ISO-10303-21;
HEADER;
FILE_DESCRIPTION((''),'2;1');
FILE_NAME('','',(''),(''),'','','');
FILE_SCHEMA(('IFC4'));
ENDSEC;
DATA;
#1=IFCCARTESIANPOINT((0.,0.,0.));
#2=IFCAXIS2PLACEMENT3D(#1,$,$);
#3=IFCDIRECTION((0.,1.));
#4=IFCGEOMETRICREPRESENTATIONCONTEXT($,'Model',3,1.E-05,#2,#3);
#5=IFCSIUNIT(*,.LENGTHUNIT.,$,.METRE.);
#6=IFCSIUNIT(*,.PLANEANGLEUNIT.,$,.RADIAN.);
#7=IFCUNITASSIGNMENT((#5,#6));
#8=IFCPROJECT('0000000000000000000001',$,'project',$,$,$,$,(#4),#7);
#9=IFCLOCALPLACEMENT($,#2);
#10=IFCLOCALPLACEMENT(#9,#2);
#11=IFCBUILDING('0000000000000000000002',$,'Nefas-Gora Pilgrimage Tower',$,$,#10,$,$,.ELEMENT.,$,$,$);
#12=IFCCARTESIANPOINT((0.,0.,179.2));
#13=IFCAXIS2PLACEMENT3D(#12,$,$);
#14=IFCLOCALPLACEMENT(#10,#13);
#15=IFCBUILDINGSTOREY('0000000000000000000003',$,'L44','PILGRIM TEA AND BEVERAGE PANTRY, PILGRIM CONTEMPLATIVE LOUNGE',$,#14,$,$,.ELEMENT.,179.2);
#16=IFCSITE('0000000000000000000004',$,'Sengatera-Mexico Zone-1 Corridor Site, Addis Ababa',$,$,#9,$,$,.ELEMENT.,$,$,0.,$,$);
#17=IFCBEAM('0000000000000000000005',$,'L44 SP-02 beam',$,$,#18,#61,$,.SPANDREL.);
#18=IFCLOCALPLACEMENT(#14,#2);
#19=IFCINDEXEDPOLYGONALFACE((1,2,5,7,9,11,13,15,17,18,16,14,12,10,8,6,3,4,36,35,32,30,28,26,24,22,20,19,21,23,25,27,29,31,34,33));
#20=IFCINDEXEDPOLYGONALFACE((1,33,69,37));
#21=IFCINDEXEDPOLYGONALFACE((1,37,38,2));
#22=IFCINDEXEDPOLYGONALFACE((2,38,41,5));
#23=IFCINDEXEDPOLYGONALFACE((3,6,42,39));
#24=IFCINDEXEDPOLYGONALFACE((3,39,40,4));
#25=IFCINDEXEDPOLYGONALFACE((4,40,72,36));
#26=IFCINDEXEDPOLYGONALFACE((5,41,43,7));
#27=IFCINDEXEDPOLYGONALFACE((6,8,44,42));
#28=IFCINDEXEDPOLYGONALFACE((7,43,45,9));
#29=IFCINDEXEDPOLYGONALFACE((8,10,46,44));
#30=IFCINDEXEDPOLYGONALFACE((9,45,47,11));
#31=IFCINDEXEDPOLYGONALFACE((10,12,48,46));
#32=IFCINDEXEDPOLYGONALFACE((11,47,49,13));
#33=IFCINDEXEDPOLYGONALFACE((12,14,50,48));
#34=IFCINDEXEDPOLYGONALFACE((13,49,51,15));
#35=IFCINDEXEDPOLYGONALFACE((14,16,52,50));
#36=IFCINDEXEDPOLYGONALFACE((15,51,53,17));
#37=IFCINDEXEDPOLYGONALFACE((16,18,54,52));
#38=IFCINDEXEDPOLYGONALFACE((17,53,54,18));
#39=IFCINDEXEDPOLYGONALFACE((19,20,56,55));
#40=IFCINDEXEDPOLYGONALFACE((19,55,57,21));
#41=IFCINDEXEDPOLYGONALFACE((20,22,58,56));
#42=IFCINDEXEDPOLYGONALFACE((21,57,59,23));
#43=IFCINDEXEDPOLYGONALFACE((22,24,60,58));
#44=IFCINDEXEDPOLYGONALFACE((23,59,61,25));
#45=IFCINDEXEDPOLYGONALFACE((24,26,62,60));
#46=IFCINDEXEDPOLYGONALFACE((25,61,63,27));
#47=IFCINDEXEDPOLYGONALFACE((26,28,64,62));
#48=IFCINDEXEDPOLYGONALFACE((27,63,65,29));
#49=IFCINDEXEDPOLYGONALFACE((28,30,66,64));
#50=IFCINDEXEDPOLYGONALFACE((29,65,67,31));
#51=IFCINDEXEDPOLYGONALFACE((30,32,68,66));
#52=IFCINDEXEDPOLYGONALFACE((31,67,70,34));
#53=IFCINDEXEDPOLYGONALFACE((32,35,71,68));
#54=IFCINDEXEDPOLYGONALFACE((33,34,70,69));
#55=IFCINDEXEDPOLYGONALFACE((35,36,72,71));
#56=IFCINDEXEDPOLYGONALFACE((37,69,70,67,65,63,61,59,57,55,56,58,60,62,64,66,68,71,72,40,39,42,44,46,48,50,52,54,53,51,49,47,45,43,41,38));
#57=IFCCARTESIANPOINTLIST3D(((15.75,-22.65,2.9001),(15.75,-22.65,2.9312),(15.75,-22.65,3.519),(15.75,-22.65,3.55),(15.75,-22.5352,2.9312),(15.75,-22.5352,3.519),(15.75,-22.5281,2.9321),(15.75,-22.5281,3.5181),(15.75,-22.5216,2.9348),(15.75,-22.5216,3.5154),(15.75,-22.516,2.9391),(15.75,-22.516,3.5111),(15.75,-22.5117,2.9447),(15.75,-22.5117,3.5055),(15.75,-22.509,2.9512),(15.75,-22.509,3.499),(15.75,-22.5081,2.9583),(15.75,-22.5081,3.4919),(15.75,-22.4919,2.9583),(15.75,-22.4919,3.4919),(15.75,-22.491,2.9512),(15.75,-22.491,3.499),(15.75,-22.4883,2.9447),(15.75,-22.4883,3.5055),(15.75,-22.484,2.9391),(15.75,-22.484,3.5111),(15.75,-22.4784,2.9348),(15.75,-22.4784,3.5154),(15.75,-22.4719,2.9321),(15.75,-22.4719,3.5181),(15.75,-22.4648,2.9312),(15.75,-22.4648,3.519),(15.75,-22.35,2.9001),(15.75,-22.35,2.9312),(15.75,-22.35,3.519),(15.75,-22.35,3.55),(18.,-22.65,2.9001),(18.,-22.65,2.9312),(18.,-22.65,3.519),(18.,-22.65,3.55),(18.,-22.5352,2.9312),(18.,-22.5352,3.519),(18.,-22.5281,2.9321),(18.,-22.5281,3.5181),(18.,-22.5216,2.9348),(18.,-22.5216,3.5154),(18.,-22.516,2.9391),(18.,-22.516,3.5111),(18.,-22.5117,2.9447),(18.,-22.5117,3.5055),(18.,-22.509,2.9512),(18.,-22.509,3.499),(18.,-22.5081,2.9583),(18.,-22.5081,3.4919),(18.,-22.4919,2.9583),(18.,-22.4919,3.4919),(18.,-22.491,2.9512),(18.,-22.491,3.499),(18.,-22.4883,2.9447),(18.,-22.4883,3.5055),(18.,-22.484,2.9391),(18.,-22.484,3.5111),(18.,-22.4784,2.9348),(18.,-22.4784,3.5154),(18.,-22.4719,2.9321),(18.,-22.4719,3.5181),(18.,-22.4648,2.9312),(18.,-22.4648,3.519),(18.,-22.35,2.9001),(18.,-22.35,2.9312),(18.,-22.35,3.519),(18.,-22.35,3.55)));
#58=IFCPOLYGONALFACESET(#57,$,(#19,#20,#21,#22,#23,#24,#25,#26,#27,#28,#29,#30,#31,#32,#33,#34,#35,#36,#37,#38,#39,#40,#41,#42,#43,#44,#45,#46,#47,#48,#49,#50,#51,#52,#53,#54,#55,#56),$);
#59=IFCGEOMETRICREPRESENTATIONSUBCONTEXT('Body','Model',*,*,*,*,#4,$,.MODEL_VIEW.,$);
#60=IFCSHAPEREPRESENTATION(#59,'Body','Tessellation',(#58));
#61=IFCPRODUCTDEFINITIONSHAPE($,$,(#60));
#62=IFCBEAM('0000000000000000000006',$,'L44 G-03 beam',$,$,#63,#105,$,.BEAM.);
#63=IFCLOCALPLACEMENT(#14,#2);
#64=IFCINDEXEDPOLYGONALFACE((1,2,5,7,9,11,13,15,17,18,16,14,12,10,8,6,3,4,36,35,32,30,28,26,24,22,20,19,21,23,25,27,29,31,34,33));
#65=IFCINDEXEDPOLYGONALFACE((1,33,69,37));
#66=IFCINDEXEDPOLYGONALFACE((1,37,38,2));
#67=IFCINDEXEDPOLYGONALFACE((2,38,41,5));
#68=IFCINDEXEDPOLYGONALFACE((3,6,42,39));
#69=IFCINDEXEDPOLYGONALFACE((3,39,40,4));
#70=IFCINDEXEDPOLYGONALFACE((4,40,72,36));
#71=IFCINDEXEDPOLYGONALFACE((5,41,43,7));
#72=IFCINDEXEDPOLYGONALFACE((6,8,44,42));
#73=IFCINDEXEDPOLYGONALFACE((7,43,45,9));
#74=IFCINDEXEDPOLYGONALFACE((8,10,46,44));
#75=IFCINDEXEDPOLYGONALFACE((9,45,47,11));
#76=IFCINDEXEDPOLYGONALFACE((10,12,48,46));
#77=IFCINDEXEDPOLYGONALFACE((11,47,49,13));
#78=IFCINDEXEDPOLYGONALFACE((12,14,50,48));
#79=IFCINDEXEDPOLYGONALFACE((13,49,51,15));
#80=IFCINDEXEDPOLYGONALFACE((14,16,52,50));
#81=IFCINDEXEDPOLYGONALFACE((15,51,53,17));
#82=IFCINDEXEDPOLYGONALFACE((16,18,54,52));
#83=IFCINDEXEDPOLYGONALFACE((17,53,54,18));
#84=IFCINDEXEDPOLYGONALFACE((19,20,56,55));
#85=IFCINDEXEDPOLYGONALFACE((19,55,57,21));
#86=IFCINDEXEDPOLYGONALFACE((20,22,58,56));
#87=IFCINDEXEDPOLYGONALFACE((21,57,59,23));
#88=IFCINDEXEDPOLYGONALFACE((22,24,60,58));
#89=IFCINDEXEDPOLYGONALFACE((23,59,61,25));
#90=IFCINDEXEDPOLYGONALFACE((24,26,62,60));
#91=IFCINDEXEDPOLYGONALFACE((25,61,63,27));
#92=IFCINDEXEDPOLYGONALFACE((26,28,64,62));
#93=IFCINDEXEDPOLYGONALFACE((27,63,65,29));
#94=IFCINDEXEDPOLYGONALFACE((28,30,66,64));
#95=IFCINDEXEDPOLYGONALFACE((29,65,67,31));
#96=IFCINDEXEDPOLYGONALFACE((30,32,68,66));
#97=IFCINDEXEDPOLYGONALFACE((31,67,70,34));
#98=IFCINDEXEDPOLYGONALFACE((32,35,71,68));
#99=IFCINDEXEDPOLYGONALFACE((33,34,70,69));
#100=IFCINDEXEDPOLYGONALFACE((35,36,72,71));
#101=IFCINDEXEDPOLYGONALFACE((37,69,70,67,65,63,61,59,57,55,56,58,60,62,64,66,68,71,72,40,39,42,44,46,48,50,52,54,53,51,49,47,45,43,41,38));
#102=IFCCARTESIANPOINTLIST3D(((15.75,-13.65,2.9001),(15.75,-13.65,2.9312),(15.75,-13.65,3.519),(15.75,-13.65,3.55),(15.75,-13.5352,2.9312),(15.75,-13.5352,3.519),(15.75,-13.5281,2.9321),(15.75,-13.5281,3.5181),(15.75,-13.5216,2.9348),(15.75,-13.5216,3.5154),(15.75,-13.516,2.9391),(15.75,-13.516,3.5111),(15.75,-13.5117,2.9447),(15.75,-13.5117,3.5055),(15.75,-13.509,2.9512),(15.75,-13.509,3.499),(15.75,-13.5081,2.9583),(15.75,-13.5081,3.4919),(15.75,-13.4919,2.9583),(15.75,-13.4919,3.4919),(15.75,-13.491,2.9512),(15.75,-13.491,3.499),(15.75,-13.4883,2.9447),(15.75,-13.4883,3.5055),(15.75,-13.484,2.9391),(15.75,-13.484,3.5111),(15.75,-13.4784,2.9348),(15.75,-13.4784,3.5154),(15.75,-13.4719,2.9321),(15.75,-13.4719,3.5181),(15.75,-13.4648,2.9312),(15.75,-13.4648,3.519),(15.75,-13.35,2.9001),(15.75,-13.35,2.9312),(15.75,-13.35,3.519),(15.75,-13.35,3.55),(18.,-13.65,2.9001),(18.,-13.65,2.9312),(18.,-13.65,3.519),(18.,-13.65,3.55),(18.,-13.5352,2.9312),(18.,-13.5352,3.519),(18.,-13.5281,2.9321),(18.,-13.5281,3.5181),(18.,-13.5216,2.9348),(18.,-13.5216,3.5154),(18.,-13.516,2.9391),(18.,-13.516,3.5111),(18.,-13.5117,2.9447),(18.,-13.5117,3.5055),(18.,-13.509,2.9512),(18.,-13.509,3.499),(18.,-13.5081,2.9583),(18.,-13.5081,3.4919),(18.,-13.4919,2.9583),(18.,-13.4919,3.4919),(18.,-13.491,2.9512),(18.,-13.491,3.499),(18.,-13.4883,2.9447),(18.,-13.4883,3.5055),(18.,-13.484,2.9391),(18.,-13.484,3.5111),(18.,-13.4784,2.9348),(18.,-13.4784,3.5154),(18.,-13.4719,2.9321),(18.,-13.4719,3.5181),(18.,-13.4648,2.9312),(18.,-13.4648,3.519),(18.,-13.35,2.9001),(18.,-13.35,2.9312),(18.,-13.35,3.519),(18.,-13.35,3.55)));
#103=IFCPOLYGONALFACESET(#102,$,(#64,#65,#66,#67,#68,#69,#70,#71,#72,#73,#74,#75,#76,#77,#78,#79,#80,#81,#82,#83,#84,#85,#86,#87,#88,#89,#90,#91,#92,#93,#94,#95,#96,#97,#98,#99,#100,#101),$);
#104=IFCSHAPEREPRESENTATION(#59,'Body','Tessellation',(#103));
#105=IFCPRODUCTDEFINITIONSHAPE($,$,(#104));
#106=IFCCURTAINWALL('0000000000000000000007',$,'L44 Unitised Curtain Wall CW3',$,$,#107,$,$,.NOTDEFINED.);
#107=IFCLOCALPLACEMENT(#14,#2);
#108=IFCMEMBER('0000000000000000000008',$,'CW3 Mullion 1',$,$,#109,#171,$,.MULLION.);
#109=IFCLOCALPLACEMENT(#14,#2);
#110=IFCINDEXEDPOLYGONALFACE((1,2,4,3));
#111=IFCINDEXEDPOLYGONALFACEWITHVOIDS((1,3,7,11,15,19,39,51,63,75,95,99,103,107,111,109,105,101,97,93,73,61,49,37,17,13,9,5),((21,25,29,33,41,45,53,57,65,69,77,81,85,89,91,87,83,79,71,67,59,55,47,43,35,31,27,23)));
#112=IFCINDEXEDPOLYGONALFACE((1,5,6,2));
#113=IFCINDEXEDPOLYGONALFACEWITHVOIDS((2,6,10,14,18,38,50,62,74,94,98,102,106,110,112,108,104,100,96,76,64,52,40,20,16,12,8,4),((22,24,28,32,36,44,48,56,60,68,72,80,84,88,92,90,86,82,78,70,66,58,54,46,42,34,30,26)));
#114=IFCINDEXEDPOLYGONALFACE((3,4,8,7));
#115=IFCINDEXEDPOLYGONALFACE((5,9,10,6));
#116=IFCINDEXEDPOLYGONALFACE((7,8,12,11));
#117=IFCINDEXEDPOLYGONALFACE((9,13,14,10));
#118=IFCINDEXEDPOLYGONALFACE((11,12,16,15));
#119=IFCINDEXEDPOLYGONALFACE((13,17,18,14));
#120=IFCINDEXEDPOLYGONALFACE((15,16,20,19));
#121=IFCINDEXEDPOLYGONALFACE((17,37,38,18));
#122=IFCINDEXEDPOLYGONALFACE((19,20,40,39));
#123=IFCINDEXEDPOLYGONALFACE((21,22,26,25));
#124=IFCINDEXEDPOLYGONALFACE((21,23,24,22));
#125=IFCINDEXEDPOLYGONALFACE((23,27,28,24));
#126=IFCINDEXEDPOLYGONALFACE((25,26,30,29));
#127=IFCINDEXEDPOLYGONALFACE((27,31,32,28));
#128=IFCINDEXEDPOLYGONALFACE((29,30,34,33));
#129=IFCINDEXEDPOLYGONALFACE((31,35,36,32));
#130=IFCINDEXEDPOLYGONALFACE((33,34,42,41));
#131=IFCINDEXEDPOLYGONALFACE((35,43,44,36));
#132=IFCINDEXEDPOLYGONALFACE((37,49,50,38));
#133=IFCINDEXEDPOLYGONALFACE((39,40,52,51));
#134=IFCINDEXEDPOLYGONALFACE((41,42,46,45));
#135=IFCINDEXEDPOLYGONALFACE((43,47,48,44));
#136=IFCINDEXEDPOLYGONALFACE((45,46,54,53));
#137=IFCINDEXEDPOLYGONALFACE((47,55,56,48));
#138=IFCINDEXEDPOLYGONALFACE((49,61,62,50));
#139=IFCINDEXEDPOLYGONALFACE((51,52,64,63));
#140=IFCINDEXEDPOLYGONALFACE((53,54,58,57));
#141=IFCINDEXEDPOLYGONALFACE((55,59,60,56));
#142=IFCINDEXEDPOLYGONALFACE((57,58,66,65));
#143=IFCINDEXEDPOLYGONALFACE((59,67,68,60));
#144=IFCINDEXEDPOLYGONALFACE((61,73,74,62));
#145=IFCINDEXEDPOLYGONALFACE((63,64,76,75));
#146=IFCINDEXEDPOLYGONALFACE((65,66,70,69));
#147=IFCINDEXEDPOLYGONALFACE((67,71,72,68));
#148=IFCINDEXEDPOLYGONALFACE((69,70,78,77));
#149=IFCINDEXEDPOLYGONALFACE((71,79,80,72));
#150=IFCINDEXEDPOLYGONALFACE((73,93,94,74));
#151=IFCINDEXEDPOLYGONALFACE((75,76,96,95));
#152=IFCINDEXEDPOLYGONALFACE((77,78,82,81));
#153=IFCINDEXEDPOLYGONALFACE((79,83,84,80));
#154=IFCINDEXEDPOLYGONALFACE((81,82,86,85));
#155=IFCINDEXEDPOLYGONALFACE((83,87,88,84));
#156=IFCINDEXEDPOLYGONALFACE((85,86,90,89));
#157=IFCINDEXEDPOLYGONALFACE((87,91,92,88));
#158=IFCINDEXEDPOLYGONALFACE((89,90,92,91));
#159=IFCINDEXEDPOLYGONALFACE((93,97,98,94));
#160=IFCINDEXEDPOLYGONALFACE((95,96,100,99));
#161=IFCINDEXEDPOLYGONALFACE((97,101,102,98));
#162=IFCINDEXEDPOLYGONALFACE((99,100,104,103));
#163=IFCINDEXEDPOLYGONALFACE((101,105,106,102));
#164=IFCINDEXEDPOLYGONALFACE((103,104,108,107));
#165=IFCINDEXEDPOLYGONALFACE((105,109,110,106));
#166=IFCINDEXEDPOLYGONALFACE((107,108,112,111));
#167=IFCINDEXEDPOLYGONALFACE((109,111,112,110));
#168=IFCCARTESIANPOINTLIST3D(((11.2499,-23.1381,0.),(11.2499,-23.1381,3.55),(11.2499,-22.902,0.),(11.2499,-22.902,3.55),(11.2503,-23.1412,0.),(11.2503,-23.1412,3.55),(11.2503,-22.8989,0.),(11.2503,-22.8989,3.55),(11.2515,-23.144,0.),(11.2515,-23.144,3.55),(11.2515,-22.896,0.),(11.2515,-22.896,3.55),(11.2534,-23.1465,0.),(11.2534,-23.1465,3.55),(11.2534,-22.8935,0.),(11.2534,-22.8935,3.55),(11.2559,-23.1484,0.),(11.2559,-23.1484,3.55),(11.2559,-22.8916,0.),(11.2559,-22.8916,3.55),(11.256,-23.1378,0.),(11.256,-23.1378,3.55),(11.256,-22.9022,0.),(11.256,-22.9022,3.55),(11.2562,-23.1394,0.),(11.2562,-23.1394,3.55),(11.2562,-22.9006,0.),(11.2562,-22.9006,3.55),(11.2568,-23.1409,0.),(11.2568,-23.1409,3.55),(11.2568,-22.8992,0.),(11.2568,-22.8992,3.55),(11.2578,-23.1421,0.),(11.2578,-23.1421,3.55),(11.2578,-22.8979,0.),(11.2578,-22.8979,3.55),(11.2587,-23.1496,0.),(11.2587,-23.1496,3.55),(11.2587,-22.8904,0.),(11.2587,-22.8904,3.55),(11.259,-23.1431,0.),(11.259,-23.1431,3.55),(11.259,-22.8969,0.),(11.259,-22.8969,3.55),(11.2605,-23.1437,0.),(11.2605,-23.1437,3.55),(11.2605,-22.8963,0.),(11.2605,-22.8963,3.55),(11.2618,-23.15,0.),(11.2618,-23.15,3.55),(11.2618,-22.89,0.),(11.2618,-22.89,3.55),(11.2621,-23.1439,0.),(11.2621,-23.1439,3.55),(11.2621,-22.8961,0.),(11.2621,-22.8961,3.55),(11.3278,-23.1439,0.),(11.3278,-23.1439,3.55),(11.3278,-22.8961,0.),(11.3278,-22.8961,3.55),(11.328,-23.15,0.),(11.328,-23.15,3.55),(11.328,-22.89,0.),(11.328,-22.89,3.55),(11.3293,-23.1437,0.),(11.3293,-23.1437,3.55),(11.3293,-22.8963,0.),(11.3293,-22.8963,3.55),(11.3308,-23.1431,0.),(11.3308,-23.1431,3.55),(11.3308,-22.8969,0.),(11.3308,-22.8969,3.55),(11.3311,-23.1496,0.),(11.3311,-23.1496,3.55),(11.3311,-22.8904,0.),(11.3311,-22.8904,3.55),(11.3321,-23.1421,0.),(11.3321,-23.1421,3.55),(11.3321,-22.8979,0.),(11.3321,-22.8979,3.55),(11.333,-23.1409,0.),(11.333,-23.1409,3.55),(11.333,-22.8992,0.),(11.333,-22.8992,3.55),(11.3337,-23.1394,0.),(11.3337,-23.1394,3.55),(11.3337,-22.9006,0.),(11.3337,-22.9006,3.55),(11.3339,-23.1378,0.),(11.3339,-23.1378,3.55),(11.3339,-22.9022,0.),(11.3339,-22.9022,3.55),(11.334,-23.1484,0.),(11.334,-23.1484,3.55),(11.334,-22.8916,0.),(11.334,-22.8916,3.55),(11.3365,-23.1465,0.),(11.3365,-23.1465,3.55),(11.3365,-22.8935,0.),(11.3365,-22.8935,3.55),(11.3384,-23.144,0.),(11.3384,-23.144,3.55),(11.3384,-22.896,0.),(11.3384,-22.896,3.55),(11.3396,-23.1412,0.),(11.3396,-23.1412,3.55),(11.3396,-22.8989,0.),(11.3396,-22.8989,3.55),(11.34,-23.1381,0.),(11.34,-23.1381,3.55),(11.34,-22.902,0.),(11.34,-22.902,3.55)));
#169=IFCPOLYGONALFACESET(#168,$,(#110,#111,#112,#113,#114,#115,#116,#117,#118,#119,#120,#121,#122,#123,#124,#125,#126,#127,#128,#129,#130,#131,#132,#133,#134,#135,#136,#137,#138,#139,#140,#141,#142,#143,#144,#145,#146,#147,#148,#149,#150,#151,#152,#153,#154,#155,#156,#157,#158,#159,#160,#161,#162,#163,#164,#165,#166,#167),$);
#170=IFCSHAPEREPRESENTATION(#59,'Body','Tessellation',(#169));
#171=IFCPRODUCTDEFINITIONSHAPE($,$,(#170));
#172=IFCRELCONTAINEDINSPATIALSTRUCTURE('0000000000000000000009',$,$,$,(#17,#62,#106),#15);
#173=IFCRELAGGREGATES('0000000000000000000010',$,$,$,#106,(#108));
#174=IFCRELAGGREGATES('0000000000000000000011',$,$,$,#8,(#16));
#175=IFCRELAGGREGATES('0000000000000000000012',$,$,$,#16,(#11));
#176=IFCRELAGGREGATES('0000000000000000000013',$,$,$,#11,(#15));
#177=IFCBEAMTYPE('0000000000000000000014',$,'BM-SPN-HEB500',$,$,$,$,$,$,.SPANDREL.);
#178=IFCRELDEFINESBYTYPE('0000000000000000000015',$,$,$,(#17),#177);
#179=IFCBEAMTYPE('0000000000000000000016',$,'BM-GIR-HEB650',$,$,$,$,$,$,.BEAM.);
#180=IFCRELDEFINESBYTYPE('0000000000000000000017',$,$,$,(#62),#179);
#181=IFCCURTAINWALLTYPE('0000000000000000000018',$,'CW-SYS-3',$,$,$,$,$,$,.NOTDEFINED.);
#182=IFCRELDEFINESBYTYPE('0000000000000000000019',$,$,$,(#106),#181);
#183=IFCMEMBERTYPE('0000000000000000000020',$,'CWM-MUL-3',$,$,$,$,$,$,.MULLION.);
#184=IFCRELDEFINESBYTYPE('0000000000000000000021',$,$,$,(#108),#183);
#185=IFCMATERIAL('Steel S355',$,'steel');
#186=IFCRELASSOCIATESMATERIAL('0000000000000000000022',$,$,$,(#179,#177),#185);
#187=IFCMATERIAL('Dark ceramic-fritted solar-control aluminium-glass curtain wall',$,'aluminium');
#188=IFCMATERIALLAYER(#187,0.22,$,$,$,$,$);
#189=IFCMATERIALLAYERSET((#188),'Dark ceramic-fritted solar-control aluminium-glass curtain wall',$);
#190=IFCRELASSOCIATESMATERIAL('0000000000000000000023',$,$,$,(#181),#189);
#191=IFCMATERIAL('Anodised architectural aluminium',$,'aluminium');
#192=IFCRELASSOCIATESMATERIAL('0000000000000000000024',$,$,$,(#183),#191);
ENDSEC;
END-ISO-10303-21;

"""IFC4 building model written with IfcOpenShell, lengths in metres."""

from ifc_helpers import new_model, si_unit, direction, frame, origin, origin_2d, place, context, subcontext, project, spatial, hollow_rectangle, i_section, extrude, source, transform, mapped, material, layer, layer_set, material_profile, profile_set, type_object, element, aggregate, save


model = new_model("IFC4")

# Units and contexts
model_context = context("Model", 3, precision=1e-05, world=origin(), true_north=direction((0.0, 1.0)))
body_context = subcontext(model_context, "Body", "Model", "MODEL_VIEW")
ifc_project = project(units=[si_unit("LENGTHUNIT", "METRE"), si_unit("PLANEANGLEUNIT", "RADIAN")], contexts=[model_context])

# Site, building, storey
site_placement = place(None, origin())
site = spatial("IfcSite", under=ifc_project, at=site_placement, Name="Sengatera-Mexico Zone-1 Corridor Site, Addis Ababa", CompositionType="ELEMENT", RefElevation=0.0)
building_placement = place(site_placement, origin())
building = spatial("IfcBuilding", under=site, at=building_placement, Name="Nefas-Gora Pilgrimage Tower", CompositionType="ELEMENT")
storey_placement = place(building_placement, frame((0.0, 0.0, 179.2)))
storey = spatial("IfcBuildingStorey", under=building, at=storey_placement, Name="L44", Description="PILGRIM TEA AND BEVERAGE PANTRY, PILGRIM CONTEMPLATIVE LOUNGE", CompositionType="ELEMENT", Elevation=179.2)

# Beams
ifc_material_1 = material(Name="Steel S355", Category="steel")
ifc_material_profile_1 = material_profile(ifc_material_1, i_section(OverallWidth=0.3, OverallDepth=0.6499, WebThickness=0.0161, FlangeThickness=0.031, FilletRadius=0.0271, at=origin_2d()), Name="HEB 650")
ifc_profile_set_1 = profile_set([ifc_material_profile_1], Name="Steel S355")
beam_type_1 = type_object("IfcBeamType", Name="BM-GIR-HEB650", PredefinedType="BEAM", material=ifc_profile_set_1)
ifc_material_profile_2 = material_profile(ifc_material_1, i_section(OverallWidth=0.3, OverallDepth=0.6499, WebThickness=0.0161, FlangeThickness=0.031, FilletRadius=0.0271, at=origin_2d()), Name="HEB 650")
ifc_profile_set_2 = profile_set([ifc_material_profile_2], Name="Steel S355")
beam_type_2 = type_object("IfcBeamType", Name="BM-SPN-HEB500", PredefinedType="SPANDREL", material=ifc_profile_set_2)
shared_shape_1 = source(origin(), body_context, "Body", "SweptSolid", [
    extrude(i_section(OverallWidth=0.3, OverallDepth=0.6499, WebThickness=0.0161, FlangeThickness=0.031, FilletRadius=0.0271, at=origin_2d()), origin(), (0.0, 0.0, 1.0), 2.25),
])
for number, where, z_axis, x_axis, name in (
    (1, (15.75, -22.5, 3.2251), (1.0, 0.0, 0.0), (0.0, 1.0, 0.0), "L44 SP-02 beam"),
):
    element("IfcBeam", number, at=place(storey_placement, frame(where, z_axis=z_axis, x_axis=x_axis)), inside=storey, type_object=beam_type_2, Name=name, PredefinedType="SPANDREL", context=body_context, shape_type="MappedRepresentation", body=[
        mapped(shared_shape_1, transform((0.0, 0.0, 0.0), x_axis=(1.0, 0.0, 0.0), y_axis=(0.0, 1.0, 0.0), z_axis=(0.0, 0.0, 1.0), scale=1.0)),
    ])
shared_shape_2 = source(origin(), body_context, "Body", "SweptSolid", [
    extrude(i_section(OverallWidth=0.3, OverallDepth=0.6499, WebThickness=0.0161, FlangeThickness=0.031, FilletRadius=0.0271, at=origin_2d()), origin(), (0.0, 0.0, 1.0), 2.25),
])
beam_1_placement = place(storey_placement, frame((15.75, -13.5, 3.2251), z_axis=(1.0, 0.0, 0.0), x_axis=(0.0, 1.0, 0.0)))
element("IfcBeam", 2, at=beam_1_placement, inside=storey, type_object=beam_type_1, Name="L44 G-03 beam", PredefinedType="BEAM", context=body_context, shape_type="MappedRepresentation", body=[
    mapped(shared_shape_2, transform((0.0, 0.0, 0.0), x_axis=(1.0, 0.0, 0.0), y_axis=(0.0, 1.0, 0.0), z_axis=(0.0, 0.0, 1.0), scale=1.0)),
])

# Curtain wall, member
ifc_material_2 = material(Name="Dark ceramic-fritted solar-control aluminium-glass curtain wall", Category="aluminium")
ifc_layer_1 = layer(ifc_material_2, 0.22)
ifc_layer_set_1 = layer_set([ifc_layer_1], Name="Dark ceramic-fritted solar-control aluminium-glass curtain wall")
curtain_wall_type = type_object("IfcCurtainWallType", Name="CW-SYS-3", PredefinedType="NOTDEFINED", material=ifc_layer_set_1)
curtain_wall_1_placement = place(storey_placement, origin())
curtain_wall_1 = element("IfcCurtainWall", 3, at=curtain_wall_1_placement, inside=storey, type_object=curtain_wall_type, Name="L44 Unitised Curtain Wall CW3", PredefinedType="NOTDEFINED")
ifc_material_3 = material(Name="Anodised architectural aluminium", Category="aluminium")
ifc_material_profile_3 = material_profile(ifc_material_3, hollow_rectangle(XDim=0.0901, YDim=0.26, WallThickness=0.0061, InnerFilletRadius=0.0061, OuterFilletRadius=0.012, at=origin_2d()), Name="ALU MULLION 90x260")
ifc_profile_set_3 = profile_set([ifc_material_profile_3], Name="Anodised architectural aluminium")
member_type_1 = type_object("IfcMemberType", Name="CWM-MUL-3", PredefinedType="MULLION", material=ifc_profile_set_3)
shared_shape_3 = source(origin(), body_context, "Body", "SweptSolid", [
    extrude(hollow_rectangle(XDim=0.0901, YDim=0.26, WallThickness=0.0061, InnerFilletRadius=0.0061, OuterFilletRadius=0.012, at=origin_2d()), origin(), (0.0, 0.0, 1.0), 3.55),
])
member_1_placement = place(storey_placement, frame((11.2949, -23.02, 0.0), z_axis=(0.0, 0.0, 1.0), x_axis=(1.0, 0.0, 0.0)))
member_1 = element("IfcMember", 4, at=member_1_placement, type_object=member_type_1, Name="CW3 Mullion 1", PredefinedType="MULLION", context=body_context, shape_type="MappedRepresentation", body=[
    mapped(shared_shape_3, transform((0.0, 0.0, 0.0), x_axis=(1.0, 0.0, 0.0), y_axis=(0.0, 1.0, 0.0), z_axis=(0.0, 0.0, 1.0), scale=1.0)),
])

aggregate(curtain_wall_1, [member_1])

save(model, "model.ifc")
